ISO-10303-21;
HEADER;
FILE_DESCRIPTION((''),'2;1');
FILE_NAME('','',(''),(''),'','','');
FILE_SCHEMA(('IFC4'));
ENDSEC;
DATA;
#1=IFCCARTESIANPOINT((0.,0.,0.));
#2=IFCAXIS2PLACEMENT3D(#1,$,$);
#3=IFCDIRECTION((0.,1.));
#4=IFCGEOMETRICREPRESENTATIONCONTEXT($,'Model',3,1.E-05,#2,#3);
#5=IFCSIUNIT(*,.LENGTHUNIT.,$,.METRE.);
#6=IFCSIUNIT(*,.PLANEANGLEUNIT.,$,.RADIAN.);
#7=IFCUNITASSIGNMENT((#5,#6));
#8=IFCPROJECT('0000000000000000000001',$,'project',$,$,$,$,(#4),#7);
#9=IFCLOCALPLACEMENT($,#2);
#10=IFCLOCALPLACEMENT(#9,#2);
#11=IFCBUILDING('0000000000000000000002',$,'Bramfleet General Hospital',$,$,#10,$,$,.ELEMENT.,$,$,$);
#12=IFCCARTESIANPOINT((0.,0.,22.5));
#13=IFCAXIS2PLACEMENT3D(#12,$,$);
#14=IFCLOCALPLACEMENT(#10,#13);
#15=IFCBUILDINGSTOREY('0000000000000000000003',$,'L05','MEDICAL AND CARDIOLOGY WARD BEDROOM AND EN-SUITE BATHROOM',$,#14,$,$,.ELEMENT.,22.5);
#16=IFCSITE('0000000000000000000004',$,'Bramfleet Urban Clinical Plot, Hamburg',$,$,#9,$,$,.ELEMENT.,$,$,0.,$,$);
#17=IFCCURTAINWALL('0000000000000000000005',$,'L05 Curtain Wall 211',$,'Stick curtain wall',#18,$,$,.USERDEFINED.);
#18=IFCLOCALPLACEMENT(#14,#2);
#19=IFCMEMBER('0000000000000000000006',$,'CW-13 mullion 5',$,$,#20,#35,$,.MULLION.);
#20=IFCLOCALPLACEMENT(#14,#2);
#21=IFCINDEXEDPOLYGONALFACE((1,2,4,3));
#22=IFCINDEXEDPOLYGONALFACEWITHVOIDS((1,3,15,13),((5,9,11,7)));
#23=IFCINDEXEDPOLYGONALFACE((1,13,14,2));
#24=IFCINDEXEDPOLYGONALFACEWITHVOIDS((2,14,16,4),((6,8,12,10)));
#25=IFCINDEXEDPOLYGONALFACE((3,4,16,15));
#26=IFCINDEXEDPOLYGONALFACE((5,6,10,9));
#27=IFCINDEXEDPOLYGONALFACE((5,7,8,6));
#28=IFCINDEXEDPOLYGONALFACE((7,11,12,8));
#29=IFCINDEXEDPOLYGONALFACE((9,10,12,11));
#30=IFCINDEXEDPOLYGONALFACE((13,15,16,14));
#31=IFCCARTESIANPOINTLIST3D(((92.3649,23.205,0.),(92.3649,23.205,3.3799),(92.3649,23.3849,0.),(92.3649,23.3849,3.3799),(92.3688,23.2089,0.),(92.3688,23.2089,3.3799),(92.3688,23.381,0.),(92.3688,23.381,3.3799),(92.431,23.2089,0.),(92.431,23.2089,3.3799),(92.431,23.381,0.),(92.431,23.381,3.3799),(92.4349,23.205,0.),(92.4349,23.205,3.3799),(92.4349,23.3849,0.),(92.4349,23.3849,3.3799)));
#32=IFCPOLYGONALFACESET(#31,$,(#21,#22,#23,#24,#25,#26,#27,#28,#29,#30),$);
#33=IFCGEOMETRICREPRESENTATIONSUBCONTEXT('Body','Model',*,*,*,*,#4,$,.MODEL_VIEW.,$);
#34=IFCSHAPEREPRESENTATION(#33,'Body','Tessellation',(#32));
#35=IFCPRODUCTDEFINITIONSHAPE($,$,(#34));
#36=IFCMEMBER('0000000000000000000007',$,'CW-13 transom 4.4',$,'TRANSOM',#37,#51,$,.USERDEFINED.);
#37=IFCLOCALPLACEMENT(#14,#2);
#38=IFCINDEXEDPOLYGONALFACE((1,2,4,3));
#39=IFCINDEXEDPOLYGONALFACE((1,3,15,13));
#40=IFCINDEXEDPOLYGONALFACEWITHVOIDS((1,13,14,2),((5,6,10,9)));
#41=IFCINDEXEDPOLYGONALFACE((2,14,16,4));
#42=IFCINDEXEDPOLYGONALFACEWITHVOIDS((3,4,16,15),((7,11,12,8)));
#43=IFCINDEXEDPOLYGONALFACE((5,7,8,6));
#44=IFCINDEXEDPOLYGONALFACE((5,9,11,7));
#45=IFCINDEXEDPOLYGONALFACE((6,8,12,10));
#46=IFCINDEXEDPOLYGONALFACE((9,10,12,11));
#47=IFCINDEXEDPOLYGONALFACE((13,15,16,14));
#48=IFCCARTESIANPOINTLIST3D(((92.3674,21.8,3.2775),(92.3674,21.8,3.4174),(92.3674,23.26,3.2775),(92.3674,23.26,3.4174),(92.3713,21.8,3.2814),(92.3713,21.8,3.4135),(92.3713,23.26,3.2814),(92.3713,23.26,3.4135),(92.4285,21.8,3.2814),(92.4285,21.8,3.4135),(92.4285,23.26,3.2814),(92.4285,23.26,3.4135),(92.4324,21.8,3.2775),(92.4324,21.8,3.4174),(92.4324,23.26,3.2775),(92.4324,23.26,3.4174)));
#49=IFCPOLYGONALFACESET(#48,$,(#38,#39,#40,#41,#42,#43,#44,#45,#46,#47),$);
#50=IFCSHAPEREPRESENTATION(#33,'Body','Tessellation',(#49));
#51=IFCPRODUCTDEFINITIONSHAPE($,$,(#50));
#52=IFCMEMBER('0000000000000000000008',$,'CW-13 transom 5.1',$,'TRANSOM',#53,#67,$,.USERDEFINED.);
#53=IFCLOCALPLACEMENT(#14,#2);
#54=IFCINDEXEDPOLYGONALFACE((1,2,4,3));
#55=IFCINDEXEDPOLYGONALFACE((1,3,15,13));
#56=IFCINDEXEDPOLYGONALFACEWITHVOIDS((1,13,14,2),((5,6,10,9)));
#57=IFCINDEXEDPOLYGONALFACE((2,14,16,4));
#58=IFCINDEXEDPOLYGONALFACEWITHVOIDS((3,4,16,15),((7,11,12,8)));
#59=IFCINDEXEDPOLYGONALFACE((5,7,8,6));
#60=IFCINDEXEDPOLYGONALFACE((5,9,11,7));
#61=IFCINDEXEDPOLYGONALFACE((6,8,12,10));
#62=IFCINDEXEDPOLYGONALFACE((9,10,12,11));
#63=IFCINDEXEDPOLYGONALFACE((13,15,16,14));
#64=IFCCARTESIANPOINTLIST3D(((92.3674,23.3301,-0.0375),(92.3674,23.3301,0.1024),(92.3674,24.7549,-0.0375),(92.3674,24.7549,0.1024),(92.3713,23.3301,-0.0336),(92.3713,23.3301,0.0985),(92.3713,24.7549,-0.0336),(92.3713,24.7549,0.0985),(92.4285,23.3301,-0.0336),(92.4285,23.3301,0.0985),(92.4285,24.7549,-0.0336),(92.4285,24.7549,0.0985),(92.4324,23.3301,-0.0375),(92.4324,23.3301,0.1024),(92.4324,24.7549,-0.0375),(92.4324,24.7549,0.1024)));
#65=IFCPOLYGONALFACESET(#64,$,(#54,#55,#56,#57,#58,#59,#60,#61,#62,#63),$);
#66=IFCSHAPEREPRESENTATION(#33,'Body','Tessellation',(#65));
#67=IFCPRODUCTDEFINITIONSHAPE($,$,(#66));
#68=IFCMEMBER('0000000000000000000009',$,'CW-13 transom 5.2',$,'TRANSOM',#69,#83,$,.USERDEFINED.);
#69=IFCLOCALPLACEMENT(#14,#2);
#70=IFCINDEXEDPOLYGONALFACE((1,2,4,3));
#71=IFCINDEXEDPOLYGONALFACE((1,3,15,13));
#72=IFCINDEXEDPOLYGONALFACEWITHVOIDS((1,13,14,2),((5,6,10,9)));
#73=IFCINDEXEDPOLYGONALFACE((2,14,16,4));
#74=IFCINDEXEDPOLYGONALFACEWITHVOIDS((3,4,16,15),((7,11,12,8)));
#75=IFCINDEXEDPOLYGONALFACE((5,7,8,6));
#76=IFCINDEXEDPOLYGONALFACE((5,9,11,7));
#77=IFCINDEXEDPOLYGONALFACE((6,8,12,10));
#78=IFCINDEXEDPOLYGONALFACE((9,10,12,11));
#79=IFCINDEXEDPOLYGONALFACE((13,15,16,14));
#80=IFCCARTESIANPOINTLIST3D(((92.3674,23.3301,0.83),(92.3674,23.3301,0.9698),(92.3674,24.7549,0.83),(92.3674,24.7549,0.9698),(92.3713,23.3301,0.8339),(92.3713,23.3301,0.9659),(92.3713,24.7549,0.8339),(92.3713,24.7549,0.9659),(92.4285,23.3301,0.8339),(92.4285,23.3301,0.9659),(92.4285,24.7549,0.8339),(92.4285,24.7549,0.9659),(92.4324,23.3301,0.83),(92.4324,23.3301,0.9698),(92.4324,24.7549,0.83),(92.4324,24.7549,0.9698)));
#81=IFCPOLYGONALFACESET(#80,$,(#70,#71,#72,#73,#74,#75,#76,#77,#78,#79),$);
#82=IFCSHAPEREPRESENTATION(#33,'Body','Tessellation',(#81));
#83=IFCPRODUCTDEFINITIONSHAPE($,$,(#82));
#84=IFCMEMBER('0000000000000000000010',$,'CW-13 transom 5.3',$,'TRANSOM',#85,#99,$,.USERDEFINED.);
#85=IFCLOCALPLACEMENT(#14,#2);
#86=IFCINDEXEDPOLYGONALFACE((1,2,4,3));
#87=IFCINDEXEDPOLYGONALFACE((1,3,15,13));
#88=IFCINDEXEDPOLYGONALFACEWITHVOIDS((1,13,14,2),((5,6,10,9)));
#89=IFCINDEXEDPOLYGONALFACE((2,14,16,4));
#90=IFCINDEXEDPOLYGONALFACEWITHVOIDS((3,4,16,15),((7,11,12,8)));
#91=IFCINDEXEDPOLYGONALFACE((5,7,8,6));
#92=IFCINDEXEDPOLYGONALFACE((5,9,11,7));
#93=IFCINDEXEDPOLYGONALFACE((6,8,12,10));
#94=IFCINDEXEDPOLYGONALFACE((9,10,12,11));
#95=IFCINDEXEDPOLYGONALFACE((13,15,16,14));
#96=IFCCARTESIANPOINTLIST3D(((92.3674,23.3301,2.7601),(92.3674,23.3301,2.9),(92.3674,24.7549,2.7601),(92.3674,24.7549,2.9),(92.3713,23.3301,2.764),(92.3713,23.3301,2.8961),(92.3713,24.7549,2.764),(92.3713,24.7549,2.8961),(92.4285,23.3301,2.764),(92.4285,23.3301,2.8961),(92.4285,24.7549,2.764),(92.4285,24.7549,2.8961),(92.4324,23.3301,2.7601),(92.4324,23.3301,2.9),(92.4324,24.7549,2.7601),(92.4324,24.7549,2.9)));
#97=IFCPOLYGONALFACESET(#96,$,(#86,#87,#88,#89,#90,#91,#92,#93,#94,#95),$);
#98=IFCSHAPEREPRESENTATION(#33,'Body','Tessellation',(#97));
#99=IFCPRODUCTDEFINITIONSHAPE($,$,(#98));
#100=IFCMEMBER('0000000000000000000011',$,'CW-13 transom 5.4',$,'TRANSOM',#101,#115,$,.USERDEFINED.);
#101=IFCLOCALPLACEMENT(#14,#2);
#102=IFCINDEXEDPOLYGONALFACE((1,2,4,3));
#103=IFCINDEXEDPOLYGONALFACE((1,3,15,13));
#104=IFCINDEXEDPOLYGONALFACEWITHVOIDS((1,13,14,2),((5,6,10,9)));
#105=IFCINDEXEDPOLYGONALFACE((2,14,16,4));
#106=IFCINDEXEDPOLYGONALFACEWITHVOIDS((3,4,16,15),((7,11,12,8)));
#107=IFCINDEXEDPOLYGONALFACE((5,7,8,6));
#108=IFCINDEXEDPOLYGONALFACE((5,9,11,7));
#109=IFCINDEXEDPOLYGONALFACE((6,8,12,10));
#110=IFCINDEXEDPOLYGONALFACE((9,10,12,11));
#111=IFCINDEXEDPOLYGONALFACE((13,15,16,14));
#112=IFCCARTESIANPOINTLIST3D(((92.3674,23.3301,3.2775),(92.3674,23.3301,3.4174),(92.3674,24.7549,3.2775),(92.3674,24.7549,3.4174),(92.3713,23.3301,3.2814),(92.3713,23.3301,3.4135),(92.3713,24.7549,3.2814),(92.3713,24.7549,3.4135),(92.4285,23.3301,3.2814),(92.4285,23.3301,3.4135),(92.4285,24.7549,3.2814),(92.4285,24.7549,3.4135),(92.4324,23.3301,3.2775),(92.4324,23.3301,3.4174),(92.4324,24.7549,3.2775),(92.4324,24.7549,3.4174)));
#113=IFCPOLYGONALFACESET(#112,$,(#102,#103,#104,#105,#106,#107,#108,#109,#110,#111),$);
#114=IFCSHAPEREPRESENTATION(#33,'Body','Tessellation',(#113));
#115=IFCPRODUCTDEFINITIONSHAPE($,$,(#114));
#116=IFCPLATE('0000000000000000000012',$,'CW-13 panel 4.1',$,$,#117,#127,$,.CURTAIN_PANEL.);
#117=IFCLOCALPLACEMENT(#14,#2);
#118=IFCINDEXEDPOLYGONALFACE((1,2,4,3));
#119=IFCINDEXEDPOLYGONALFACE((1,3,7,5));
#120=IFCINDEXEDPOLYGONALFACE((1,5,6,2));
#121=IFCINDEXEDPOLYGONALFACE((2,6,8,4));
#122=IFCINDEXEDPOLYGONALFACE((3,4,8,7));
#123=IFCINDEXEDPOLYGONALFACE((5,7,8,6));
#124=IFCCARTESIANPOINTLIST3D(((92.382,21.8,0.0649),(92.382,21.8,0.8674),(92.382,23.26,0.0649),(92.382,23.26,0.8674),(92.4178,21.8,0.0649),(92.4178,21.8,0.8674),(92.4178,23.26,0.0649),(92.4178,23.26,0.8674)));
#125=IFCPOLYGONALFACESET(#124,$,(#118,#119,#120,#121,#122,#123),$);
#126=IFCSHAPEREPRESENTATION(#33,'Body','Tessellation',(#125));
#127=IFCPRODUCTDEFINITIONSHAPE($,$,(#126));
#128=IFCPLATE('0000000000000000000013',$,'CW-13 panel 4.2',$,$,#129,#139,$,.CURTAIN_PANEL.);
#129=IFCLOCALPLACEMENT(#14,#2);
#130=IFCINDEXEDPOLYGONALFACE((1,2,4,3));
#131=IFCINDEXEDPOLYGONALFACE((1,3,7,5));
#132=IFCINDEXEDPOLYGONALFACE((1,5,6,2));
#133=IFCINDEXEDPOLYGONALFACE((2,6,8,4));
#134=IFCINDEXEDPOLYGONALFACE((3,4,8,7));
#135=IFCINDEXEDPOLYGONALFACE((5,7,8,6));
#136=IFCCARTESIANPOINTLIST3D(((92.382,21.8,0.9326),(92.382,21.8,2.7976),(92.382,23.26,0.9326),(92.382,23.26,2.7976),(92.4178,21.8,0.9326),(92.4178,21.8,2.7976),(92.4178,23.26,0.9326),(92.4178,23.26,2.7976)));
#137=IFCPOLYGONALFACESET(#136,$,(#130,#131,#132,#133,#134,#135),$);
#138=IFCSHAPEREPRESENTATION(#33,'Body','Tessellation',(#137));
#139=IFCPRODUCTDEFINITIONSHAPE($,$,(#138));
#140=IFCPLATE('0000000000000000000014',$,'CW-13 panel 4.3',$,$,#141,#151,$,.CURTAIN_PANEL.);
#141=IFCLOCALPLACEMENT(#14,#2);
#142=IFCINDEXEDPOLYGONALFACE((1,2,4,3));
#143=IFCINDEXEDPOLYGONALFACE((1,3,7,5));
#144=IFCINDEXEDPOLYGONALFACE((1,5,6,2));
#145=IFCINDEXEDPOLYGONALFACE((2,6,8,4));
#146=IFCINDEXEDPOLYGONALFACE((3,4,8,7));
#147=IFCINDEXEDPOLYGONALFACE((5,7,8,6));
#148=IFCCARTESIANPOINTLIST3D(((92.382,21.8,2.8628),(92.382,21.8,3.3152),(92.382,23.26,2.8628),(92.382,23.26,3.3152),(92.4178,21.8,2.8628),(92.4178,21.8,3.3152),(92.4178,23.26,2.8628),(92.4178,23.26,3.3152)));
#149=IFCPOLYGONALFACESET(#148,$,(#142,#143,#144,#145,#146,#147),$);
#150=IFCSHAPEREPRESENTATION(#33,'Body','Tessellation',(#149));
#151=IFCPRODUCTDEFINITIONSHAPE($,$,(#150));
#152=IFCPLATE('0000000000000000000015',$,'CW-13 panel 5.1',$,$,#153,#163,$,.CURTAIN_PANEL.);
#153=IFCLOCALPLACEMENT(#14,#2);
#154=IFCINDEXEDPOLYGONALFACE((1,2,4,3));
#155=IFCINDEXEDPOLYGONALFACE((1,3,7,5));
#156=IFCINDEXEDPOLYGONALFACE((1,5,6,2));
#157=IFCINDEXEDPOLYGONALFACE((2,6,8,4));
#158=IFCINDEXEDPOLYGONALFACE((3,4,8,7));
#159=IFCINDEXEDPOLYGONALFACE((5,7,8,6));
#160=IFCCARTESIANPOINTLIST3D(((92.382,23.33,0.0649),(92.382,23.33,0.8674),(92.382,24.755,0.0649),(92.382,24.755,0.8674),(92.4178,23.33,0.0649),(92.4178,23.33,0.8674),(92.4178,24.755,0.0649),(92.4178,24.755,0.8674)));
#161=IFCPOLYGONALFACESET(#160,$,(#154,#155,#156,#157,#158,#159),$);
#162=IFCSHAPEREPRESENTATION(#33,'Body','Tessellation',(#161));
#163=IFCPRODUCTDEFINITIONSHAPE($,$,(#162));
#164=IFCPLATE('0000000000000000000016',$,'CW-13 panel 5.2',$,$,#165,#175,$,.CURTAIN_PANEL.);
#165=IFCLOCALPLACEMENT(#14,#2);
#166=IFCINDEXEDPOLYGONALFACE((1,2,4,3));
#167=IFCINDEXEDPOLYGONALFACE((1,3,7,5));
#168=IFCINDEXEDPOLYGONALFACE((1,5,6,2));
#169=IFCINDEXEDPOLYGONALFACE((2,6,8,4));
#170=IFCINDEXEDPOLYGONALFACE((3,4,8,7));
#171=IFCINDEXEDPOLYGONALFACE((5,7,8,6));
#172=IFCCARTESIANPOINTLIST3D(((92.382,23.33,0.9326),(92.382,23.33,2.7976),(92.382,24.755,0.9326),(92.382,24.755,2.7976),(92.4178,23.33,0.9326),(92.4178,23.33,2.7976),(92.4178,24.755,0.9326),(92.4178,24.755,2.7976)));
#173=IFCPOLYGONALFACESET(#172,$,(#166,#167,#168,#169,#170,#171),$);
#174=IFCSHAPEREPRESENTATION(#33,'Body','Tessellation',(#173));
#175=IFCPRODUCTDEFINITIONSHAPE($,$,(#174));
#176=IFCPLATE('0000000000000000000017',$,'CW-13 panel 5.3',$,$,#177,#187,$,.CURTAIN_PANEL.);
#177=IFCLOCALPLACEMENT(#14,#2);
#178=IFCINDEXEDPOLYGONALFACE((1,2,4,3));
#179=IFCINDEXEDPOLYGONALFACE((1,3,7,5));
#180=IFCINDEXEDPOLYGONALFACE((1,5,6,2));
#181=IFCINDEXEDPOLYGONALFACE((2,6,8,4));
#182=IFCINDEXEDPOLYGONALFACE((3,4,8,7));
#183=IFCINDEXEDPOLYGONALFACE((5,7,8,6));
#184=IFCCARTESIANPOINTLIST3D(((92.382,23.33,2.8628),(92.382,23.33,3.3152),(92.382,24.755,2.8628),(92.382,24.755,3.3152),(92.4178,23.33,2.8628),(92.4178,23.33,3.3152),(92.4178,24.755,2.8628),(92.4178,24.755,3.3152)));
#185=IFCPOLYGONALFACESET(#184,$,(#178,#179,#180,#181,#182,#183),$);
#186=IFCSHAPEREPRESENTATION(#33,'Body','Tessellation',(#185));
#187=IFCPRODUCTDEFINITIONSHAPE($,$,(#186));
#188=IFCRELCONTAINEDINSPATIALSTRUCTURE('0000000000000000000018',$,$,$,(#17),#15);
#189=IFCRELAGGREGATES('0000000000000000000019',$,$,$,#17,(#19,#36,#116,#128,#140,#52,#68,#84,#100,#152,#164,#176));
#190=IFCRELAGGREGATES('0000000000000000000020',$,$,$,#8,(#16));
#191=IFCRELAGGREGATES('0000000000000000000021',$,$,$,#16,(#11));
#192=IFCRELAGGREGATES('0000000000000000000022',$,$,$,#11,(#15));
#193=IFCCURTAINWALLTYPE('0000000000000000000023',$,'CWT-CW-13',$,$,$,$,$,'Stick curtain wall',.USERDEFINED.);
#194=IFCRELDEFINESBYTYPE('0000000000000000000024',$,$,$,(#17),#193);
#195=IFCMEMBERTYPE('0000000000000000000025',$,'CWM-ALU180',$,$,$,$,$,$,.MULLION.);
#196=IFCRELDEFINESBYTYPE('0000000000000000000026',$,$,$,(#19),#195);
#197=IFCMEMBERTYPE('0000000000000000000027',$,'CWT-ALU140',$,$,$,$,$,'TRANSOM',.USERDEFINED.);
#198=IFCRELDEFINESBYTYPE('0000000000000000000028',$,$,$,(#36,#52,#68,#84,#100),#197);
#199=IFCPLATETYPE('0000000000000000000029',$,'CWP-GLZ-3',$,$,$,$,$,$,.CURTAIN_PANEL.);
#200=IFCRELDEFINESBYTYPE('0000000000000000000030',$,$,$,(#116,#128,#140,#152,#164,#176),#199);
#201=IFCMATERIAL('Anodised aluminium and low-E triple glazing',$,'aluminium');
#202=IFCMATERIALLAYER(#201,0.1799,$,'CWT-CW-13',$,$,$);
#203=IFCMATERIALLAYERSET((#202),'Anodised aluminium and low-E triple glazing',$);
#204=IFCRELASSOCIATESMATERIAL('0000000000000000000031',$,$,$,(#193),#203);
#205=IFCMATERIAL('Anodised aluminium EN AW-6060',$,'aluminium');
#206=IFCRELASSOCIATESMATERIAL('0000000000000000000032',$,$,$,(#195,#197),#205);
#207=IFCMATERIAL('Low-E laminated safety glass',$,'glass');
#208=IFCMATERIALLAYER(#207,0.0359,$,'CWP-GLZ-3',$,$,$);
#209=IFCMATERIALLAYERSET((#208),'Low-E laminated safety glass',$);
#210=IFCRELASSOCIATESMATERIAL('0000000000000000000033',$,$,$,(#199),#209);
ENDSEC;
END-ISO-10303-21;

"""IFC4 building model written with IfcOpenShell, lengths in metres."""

from ifc_helpers import new_model, si_unit, direction, frame, origin, origin_2d, place, context, subcontext, project, spatial, rectangle, hollow_rectangle, extrude, material, layer, layer_set, material_profile, profile_set, type_object, element, aggregate, save


model = new_model("IFC4")

# Units and contexts
model_context = context("Model", 3, precision=1e-05, world=origin(), true_north=direction((0.0, 1.0)))
body_context = subcontext(model_context, "Body", "Model", "MODEL_VIEW")
ifc_project = project(units=[si_unit("LENGTHUNIT", "METRE"), si_unit("PLANEANGLEUNIT", "RADIAN")], contexts=[model_context])

# Site, building, storey
site_placement = place(None, origin())
site = spatial("IfcSite", under=ifc_project, at=site_placement, Name="Bramfleet Urban Clinical Plot, Hamburg", CompositionType="ELEMENT", RefElevation=0.0)
building_placement = place(site_placement, origin())
building = spatial("IfcBuilding", under=site, at=building_placement, Name="Bramfleet General Hospital", CompositionType="ELEMENT")
storey_placement = place(building_placement, frame((0.0, 0.0, 22.5)))
storey = spatial("IfcBuildingStorey", under=building, at=storey_placement, Name="L05", Description="MEDICAL AND CARDIOLOGY WARD BEDROOM AND EN-SUITE BATHROOM", CompositionType="ELEMENT", Elevation=22.5)

# Curtain wall, members, plates
ifc_material_1 = material(Name="Anodised aluminium and low-E triple glazing", Category="aluminium")
ifc_layer_1 = layer(ifc_material_1, 0.1799, Name="CWT-CW-13")
ifc_layer_set_1 = layer_set([ifc_layer_1], Name="Anodised aluminium and low-E triple glazing")
curtain_wall_type = type_object("IfcCurtainWallType", Name="CWT-CW-13", ElementType="Stick curtain wall", PredefinedType="USERDEFINED", material=ifc_layer_set_1)
curtain_wall_placement = place(storey_placement, origin())
curtain_wall = element("IfcCurtainWall", 1, at=curtain_wall_placement, inside=storey, type_object=curtain_wall_type, Name="L05 Curtain Wall 211", ObjectType="Stick curtain wall", PredefinedType="USERDEFINED")
ifc_material_2 = material(Name="Anodised aluminium EN AW-6060", Category="aluminium")
ifc_material_profile_1 = material_profile(ifc_material_2, hollow_rectangle(XDim=0.0701, YDim=0.1799, WallThickness=0.0039, at=origin_2d()), Name="ALU 180x70x4.0")
ifc_profile_set_1 = profile_set([ifc_material_profile_1], Name="Anodised aluminium EN AW-6060")
member_type_1 = type_object("IfcMemberType", Name="CWM-ALU180", PredefinedType="MULLION", material=ifc_profile_set_1)
member_1_placement = place(storey_placement, frame((92.3999, 23.2949, 0.0), z_axis=(0.0, 0.0, 1.0), x_axis=(-1.0, 0.0, 0.0)))
member_1 = element("IfcMember", 2, at=member_1_placement, type_object=member_type_1, Name="CW-13 mullion 5", PredefinedType="MULLION", context=body_context, shape_type="SweptSolid", body=[
    extrude(hollow_rectangle(XDim=0.0701, YDim=0.1799, WallThickness=0.0039, at=origin_2d()), origin(), (0.0, 0.0, 1.0), 3.3799),
])
ifc_material_profile_2 = material_profile(ifc_material_2, hollow_rectangle(XDim=0.0649, YDim=0.1399, WallThickness=0.0039, at=origin_2d()), Name="ALU 140x65x4.0")
ifc_profile_set_2 = profile_set([ifc_material_profile_2], Name="Anodised aluminium EN AW-6060")
member_type_2 = type_object("IfcMemberType", Name="CWT-ALU140", ElementType="TRANSOM", PredefinedType="USERDEFINED", material=ifc_profile_set_2)
member_2_placement = place(storey_placement, frame((92.3999, 21.8, 3.3474), z_axis=(0.0, 1.0, 0.0), x_axis=(-1.0, 0.0, 0.0)))
member_2 = element("IfcMember", 3, at=member_2_placement, type_object=member_type_2, Name="CW-13 transom 4.4", ObjectType="TRANSOM", PredefinedType="USERDEFINED", context=body_context, shape_type="SweptSolid", body=[
    extrude(hollow_rectangle(XDim=0.0649, YDim=0.1399, WallThickness=0.0039, at=origin_2d()), origin(), (0.0, 0.0, 1.0), 1.46),
])
member_3_placement = place(storey_placement, frame((92.3999, 23.3301, 0.0325), z_axis=(0.0, 1.0, 0.0), x_axis=(-1.0, 0.0, 0.0)))
member_3 = element("IfcMember", 4, at=member_3_placement, type_object=member_type_2, Name="CW-13 transom 5.1", ObjectType="TRANSOM", PredefinedType="USERDEFINED", context=body_context, shape_type="SweptSolid", body=[
    extrude(hollow_rectangle(XDim=0.0649, YDim=0.1399, WallThickness=0.0039, at=origin_2d()), origin(), (0.0, 0.0, 1.0), 1.4248),
])
member_4_placement = place(storey_placement, frame((92.3999, 23.3301, 0.8999), z_axis=(0.0, 1.0, 0.0), x_axis=(-1.0, 0.0, 0.0)))
member_4 = element("IfcMember", 5, at=member_4_placement, type_object=member_type_2, Name="CW-13 transom 5.2", ObjectType="TRANSOM", PredefinedType="USERDEFINED", context=body_context, shape_type="SweptSolid", body=[
    extrude(hollow_rectangle(XDim=0.0649, YDim=0.1399, WallThickness=0.0039, at=origin_2d()), origin(), (0.0, 0.0, 1.0), 1.4248),
])
member_5_placement = place(storey_placement, frame((92.3999, 23.3301, 2.8301), z_axis=(0.0, 1.0, 0.0), x_axis=(-1.0, 0.0, 0.0)))
member_5 = element("IfcMember", 6, at=member_5_placement, type_object=member_type_2, Name="CW-13 transom 5.3", ObjectType="TRANSOM", PredefinedType="USERDEFINED", context=body_context, shape_type="SweptSolid", body=[
    extrude(hollow_rectangle(XDim=0.0649, YDim=0.1399, WallThickness=0.0039, at=origin_2d()), origin(), (0.0, 0.0, 1.0), 1.4248),
])
member_6_placement = place(storey_placement, frame((92.3999, 23.3301, 3.3474), z_axis=(0.0, 1.0, 0.0), x_axis=(-1.0, 0.0, 0.0)))
member_6 = element("IfcMember", 7, at=member_6_placement, type_object=member_type_2, Name="CW-13 transom 5.4", ObjectType="TRANSOM", PredefinedType="USERDEFINED", context=body_context, shape_type="SweptSolid", body=[
    extrude(hollow_rectangle(XDim=0.0649, YDim=0.1399, WallThickness=0.0039, at=origin_2d()), origin(), (0.0, 0.0, 1.0), 1.4248),
])
ifc_material_3 = material(Name="Low-E laminated safety glass", Category="glass")
ifc_layer_2 = layer(ifc_material_3, 0.0359, Name="CWP-GLZ-3")
ifc_layer_set_2 = layer_set([ifc_layer_2], Name="Low-E laminated safety glass")
plate_type = type_object("IfcPlateType", Name="CWP-GLZ-3", PredefinedType="CURTAIN_PANEL", material=ifc_layer_set_2)
plate_1_placement = place(storey_placement, frame((92.3999, 22.53, 0.0649), z_axis=(0.0, 0.0, 1.0), x_axis=(0.0, 1.0, 0.0)))
plate_1 = element("IfcPlate", 8, at=plate_1_placement, type_object=plate_type, Name="CW-13 panel 4.1", PredefinedType="CURTAIN_PANEL", context=body_context, shape_type="SweptSolid", body=[
    extrude(rectangle(XDim=1.46, YDim=0.0359, at=origin_2d()), origin(), (0.0, 0.0, 1.0), 0.8025),
])
plate_2_placement = place(storey_placement, frame((92.3999, 22.53, 0.9326), z_axis=(0.0, 0.0, 1.0), x_axis=(0.0, 1.0, 0.0)))
plate_2 = element("IfcPlate", 9, at=plate_2_placement, type_object=plate_type, Name="CW-13 panel 4.2", PredefinedType="CURTAIN_PANEL", context=body_context, shape_type="SweptSolid", body=[
    extrude(rectangle(XDim=1.46, YDim=0.0359, at=origin_2d()), origin(), (0.0, 0.0, 1.0), 1.865),
])
plate_3_placement = place(storey_placement, frame((92.3999, 22.53, 2.8628), z_axis=(0.0, 0.0, 1.0), x_axis=(0.0, 1.0, 0.0)))
plate_3 = element("IfcPlate", 10, at=plate_3_placement, type_object=plate_type, Name="CW-13 panel 4.3", PredefinedType="CURTAIN_PANEL", context=body_context, shape_type="SweptSolid", body=[
    extrude(rectangle(XDim=1.46, YDim=0.0359, at=origin_2d()), origin(), (0.0, 0.0, 1.0), 0.4524),
])
plate_4_placement = place(storey_placement, frame((92.3999, 24.0425, 0.0649), z_axis=(0.0, 0.0, 1.0), x_axis=(0.0, 1.0, 0.0)))
plate_4 = element("IfcPlate", 11, at=plate_4_placement, type_object=plate_type, Name="CW-13 panel 5.1", PredefinedType="CURTAIN_PANEL", context=body_context, shape_type="SweptSolid", body=[
    extrude(rectangle(XDim=1.425, YDim=0.0359, at=origin_2d()), origin(), (0.0, 0.0, 1.0), 0.8025),
])
plate_5_placement = place(storey_placement, frame((92.3999, 24.0425, 0.9326), z_axis=(0.0, 0.0, 1.0), x_axis=(0.0, 1.0, 0.0)))
plate_5 = element("IfcPlate", 12, at=plate_5_placement, type_object=plate_type, Name="CW-13 panel 5.2", PredefinedType="CURTAIN_PANEL", context=body_context, shape_type="SweptSolid", body=[
    extrude(rectangle(XDim=1.425, YDim=0.0359, at=origin_2d()), origin(), (0.0, 0.0, 1.0), 1.865),
])
plate_6_placement = place(storey_placement, frame((92.3999, 24.0425, 2.8628), z_axis=(0.0, 0.0, 1.0), x_axis=(0.0, 1.0, 0.0)))
plate_6 = element("IfcPlate", 13, at=plate_6_placement, type_object=plate_type, Name="CW-13 panel 5.3", PredefinedType="CURTAIN_PANEL", context=body_context, shape_type="SweptSolid", body=[
    extrude(rectangle(XDim=1.425, YDim=0.0359, at=origin_2d()), origin(), (0.0, 0.0, 1.0), 0.4524),
])
aggregate(curtain_wall, [member_1, member_2, plate_1, plate_2, plate_3, member_3, member_4, member_5, member_6, plate_4, plate_5, plate_6])

save(model, "model.ifc")
